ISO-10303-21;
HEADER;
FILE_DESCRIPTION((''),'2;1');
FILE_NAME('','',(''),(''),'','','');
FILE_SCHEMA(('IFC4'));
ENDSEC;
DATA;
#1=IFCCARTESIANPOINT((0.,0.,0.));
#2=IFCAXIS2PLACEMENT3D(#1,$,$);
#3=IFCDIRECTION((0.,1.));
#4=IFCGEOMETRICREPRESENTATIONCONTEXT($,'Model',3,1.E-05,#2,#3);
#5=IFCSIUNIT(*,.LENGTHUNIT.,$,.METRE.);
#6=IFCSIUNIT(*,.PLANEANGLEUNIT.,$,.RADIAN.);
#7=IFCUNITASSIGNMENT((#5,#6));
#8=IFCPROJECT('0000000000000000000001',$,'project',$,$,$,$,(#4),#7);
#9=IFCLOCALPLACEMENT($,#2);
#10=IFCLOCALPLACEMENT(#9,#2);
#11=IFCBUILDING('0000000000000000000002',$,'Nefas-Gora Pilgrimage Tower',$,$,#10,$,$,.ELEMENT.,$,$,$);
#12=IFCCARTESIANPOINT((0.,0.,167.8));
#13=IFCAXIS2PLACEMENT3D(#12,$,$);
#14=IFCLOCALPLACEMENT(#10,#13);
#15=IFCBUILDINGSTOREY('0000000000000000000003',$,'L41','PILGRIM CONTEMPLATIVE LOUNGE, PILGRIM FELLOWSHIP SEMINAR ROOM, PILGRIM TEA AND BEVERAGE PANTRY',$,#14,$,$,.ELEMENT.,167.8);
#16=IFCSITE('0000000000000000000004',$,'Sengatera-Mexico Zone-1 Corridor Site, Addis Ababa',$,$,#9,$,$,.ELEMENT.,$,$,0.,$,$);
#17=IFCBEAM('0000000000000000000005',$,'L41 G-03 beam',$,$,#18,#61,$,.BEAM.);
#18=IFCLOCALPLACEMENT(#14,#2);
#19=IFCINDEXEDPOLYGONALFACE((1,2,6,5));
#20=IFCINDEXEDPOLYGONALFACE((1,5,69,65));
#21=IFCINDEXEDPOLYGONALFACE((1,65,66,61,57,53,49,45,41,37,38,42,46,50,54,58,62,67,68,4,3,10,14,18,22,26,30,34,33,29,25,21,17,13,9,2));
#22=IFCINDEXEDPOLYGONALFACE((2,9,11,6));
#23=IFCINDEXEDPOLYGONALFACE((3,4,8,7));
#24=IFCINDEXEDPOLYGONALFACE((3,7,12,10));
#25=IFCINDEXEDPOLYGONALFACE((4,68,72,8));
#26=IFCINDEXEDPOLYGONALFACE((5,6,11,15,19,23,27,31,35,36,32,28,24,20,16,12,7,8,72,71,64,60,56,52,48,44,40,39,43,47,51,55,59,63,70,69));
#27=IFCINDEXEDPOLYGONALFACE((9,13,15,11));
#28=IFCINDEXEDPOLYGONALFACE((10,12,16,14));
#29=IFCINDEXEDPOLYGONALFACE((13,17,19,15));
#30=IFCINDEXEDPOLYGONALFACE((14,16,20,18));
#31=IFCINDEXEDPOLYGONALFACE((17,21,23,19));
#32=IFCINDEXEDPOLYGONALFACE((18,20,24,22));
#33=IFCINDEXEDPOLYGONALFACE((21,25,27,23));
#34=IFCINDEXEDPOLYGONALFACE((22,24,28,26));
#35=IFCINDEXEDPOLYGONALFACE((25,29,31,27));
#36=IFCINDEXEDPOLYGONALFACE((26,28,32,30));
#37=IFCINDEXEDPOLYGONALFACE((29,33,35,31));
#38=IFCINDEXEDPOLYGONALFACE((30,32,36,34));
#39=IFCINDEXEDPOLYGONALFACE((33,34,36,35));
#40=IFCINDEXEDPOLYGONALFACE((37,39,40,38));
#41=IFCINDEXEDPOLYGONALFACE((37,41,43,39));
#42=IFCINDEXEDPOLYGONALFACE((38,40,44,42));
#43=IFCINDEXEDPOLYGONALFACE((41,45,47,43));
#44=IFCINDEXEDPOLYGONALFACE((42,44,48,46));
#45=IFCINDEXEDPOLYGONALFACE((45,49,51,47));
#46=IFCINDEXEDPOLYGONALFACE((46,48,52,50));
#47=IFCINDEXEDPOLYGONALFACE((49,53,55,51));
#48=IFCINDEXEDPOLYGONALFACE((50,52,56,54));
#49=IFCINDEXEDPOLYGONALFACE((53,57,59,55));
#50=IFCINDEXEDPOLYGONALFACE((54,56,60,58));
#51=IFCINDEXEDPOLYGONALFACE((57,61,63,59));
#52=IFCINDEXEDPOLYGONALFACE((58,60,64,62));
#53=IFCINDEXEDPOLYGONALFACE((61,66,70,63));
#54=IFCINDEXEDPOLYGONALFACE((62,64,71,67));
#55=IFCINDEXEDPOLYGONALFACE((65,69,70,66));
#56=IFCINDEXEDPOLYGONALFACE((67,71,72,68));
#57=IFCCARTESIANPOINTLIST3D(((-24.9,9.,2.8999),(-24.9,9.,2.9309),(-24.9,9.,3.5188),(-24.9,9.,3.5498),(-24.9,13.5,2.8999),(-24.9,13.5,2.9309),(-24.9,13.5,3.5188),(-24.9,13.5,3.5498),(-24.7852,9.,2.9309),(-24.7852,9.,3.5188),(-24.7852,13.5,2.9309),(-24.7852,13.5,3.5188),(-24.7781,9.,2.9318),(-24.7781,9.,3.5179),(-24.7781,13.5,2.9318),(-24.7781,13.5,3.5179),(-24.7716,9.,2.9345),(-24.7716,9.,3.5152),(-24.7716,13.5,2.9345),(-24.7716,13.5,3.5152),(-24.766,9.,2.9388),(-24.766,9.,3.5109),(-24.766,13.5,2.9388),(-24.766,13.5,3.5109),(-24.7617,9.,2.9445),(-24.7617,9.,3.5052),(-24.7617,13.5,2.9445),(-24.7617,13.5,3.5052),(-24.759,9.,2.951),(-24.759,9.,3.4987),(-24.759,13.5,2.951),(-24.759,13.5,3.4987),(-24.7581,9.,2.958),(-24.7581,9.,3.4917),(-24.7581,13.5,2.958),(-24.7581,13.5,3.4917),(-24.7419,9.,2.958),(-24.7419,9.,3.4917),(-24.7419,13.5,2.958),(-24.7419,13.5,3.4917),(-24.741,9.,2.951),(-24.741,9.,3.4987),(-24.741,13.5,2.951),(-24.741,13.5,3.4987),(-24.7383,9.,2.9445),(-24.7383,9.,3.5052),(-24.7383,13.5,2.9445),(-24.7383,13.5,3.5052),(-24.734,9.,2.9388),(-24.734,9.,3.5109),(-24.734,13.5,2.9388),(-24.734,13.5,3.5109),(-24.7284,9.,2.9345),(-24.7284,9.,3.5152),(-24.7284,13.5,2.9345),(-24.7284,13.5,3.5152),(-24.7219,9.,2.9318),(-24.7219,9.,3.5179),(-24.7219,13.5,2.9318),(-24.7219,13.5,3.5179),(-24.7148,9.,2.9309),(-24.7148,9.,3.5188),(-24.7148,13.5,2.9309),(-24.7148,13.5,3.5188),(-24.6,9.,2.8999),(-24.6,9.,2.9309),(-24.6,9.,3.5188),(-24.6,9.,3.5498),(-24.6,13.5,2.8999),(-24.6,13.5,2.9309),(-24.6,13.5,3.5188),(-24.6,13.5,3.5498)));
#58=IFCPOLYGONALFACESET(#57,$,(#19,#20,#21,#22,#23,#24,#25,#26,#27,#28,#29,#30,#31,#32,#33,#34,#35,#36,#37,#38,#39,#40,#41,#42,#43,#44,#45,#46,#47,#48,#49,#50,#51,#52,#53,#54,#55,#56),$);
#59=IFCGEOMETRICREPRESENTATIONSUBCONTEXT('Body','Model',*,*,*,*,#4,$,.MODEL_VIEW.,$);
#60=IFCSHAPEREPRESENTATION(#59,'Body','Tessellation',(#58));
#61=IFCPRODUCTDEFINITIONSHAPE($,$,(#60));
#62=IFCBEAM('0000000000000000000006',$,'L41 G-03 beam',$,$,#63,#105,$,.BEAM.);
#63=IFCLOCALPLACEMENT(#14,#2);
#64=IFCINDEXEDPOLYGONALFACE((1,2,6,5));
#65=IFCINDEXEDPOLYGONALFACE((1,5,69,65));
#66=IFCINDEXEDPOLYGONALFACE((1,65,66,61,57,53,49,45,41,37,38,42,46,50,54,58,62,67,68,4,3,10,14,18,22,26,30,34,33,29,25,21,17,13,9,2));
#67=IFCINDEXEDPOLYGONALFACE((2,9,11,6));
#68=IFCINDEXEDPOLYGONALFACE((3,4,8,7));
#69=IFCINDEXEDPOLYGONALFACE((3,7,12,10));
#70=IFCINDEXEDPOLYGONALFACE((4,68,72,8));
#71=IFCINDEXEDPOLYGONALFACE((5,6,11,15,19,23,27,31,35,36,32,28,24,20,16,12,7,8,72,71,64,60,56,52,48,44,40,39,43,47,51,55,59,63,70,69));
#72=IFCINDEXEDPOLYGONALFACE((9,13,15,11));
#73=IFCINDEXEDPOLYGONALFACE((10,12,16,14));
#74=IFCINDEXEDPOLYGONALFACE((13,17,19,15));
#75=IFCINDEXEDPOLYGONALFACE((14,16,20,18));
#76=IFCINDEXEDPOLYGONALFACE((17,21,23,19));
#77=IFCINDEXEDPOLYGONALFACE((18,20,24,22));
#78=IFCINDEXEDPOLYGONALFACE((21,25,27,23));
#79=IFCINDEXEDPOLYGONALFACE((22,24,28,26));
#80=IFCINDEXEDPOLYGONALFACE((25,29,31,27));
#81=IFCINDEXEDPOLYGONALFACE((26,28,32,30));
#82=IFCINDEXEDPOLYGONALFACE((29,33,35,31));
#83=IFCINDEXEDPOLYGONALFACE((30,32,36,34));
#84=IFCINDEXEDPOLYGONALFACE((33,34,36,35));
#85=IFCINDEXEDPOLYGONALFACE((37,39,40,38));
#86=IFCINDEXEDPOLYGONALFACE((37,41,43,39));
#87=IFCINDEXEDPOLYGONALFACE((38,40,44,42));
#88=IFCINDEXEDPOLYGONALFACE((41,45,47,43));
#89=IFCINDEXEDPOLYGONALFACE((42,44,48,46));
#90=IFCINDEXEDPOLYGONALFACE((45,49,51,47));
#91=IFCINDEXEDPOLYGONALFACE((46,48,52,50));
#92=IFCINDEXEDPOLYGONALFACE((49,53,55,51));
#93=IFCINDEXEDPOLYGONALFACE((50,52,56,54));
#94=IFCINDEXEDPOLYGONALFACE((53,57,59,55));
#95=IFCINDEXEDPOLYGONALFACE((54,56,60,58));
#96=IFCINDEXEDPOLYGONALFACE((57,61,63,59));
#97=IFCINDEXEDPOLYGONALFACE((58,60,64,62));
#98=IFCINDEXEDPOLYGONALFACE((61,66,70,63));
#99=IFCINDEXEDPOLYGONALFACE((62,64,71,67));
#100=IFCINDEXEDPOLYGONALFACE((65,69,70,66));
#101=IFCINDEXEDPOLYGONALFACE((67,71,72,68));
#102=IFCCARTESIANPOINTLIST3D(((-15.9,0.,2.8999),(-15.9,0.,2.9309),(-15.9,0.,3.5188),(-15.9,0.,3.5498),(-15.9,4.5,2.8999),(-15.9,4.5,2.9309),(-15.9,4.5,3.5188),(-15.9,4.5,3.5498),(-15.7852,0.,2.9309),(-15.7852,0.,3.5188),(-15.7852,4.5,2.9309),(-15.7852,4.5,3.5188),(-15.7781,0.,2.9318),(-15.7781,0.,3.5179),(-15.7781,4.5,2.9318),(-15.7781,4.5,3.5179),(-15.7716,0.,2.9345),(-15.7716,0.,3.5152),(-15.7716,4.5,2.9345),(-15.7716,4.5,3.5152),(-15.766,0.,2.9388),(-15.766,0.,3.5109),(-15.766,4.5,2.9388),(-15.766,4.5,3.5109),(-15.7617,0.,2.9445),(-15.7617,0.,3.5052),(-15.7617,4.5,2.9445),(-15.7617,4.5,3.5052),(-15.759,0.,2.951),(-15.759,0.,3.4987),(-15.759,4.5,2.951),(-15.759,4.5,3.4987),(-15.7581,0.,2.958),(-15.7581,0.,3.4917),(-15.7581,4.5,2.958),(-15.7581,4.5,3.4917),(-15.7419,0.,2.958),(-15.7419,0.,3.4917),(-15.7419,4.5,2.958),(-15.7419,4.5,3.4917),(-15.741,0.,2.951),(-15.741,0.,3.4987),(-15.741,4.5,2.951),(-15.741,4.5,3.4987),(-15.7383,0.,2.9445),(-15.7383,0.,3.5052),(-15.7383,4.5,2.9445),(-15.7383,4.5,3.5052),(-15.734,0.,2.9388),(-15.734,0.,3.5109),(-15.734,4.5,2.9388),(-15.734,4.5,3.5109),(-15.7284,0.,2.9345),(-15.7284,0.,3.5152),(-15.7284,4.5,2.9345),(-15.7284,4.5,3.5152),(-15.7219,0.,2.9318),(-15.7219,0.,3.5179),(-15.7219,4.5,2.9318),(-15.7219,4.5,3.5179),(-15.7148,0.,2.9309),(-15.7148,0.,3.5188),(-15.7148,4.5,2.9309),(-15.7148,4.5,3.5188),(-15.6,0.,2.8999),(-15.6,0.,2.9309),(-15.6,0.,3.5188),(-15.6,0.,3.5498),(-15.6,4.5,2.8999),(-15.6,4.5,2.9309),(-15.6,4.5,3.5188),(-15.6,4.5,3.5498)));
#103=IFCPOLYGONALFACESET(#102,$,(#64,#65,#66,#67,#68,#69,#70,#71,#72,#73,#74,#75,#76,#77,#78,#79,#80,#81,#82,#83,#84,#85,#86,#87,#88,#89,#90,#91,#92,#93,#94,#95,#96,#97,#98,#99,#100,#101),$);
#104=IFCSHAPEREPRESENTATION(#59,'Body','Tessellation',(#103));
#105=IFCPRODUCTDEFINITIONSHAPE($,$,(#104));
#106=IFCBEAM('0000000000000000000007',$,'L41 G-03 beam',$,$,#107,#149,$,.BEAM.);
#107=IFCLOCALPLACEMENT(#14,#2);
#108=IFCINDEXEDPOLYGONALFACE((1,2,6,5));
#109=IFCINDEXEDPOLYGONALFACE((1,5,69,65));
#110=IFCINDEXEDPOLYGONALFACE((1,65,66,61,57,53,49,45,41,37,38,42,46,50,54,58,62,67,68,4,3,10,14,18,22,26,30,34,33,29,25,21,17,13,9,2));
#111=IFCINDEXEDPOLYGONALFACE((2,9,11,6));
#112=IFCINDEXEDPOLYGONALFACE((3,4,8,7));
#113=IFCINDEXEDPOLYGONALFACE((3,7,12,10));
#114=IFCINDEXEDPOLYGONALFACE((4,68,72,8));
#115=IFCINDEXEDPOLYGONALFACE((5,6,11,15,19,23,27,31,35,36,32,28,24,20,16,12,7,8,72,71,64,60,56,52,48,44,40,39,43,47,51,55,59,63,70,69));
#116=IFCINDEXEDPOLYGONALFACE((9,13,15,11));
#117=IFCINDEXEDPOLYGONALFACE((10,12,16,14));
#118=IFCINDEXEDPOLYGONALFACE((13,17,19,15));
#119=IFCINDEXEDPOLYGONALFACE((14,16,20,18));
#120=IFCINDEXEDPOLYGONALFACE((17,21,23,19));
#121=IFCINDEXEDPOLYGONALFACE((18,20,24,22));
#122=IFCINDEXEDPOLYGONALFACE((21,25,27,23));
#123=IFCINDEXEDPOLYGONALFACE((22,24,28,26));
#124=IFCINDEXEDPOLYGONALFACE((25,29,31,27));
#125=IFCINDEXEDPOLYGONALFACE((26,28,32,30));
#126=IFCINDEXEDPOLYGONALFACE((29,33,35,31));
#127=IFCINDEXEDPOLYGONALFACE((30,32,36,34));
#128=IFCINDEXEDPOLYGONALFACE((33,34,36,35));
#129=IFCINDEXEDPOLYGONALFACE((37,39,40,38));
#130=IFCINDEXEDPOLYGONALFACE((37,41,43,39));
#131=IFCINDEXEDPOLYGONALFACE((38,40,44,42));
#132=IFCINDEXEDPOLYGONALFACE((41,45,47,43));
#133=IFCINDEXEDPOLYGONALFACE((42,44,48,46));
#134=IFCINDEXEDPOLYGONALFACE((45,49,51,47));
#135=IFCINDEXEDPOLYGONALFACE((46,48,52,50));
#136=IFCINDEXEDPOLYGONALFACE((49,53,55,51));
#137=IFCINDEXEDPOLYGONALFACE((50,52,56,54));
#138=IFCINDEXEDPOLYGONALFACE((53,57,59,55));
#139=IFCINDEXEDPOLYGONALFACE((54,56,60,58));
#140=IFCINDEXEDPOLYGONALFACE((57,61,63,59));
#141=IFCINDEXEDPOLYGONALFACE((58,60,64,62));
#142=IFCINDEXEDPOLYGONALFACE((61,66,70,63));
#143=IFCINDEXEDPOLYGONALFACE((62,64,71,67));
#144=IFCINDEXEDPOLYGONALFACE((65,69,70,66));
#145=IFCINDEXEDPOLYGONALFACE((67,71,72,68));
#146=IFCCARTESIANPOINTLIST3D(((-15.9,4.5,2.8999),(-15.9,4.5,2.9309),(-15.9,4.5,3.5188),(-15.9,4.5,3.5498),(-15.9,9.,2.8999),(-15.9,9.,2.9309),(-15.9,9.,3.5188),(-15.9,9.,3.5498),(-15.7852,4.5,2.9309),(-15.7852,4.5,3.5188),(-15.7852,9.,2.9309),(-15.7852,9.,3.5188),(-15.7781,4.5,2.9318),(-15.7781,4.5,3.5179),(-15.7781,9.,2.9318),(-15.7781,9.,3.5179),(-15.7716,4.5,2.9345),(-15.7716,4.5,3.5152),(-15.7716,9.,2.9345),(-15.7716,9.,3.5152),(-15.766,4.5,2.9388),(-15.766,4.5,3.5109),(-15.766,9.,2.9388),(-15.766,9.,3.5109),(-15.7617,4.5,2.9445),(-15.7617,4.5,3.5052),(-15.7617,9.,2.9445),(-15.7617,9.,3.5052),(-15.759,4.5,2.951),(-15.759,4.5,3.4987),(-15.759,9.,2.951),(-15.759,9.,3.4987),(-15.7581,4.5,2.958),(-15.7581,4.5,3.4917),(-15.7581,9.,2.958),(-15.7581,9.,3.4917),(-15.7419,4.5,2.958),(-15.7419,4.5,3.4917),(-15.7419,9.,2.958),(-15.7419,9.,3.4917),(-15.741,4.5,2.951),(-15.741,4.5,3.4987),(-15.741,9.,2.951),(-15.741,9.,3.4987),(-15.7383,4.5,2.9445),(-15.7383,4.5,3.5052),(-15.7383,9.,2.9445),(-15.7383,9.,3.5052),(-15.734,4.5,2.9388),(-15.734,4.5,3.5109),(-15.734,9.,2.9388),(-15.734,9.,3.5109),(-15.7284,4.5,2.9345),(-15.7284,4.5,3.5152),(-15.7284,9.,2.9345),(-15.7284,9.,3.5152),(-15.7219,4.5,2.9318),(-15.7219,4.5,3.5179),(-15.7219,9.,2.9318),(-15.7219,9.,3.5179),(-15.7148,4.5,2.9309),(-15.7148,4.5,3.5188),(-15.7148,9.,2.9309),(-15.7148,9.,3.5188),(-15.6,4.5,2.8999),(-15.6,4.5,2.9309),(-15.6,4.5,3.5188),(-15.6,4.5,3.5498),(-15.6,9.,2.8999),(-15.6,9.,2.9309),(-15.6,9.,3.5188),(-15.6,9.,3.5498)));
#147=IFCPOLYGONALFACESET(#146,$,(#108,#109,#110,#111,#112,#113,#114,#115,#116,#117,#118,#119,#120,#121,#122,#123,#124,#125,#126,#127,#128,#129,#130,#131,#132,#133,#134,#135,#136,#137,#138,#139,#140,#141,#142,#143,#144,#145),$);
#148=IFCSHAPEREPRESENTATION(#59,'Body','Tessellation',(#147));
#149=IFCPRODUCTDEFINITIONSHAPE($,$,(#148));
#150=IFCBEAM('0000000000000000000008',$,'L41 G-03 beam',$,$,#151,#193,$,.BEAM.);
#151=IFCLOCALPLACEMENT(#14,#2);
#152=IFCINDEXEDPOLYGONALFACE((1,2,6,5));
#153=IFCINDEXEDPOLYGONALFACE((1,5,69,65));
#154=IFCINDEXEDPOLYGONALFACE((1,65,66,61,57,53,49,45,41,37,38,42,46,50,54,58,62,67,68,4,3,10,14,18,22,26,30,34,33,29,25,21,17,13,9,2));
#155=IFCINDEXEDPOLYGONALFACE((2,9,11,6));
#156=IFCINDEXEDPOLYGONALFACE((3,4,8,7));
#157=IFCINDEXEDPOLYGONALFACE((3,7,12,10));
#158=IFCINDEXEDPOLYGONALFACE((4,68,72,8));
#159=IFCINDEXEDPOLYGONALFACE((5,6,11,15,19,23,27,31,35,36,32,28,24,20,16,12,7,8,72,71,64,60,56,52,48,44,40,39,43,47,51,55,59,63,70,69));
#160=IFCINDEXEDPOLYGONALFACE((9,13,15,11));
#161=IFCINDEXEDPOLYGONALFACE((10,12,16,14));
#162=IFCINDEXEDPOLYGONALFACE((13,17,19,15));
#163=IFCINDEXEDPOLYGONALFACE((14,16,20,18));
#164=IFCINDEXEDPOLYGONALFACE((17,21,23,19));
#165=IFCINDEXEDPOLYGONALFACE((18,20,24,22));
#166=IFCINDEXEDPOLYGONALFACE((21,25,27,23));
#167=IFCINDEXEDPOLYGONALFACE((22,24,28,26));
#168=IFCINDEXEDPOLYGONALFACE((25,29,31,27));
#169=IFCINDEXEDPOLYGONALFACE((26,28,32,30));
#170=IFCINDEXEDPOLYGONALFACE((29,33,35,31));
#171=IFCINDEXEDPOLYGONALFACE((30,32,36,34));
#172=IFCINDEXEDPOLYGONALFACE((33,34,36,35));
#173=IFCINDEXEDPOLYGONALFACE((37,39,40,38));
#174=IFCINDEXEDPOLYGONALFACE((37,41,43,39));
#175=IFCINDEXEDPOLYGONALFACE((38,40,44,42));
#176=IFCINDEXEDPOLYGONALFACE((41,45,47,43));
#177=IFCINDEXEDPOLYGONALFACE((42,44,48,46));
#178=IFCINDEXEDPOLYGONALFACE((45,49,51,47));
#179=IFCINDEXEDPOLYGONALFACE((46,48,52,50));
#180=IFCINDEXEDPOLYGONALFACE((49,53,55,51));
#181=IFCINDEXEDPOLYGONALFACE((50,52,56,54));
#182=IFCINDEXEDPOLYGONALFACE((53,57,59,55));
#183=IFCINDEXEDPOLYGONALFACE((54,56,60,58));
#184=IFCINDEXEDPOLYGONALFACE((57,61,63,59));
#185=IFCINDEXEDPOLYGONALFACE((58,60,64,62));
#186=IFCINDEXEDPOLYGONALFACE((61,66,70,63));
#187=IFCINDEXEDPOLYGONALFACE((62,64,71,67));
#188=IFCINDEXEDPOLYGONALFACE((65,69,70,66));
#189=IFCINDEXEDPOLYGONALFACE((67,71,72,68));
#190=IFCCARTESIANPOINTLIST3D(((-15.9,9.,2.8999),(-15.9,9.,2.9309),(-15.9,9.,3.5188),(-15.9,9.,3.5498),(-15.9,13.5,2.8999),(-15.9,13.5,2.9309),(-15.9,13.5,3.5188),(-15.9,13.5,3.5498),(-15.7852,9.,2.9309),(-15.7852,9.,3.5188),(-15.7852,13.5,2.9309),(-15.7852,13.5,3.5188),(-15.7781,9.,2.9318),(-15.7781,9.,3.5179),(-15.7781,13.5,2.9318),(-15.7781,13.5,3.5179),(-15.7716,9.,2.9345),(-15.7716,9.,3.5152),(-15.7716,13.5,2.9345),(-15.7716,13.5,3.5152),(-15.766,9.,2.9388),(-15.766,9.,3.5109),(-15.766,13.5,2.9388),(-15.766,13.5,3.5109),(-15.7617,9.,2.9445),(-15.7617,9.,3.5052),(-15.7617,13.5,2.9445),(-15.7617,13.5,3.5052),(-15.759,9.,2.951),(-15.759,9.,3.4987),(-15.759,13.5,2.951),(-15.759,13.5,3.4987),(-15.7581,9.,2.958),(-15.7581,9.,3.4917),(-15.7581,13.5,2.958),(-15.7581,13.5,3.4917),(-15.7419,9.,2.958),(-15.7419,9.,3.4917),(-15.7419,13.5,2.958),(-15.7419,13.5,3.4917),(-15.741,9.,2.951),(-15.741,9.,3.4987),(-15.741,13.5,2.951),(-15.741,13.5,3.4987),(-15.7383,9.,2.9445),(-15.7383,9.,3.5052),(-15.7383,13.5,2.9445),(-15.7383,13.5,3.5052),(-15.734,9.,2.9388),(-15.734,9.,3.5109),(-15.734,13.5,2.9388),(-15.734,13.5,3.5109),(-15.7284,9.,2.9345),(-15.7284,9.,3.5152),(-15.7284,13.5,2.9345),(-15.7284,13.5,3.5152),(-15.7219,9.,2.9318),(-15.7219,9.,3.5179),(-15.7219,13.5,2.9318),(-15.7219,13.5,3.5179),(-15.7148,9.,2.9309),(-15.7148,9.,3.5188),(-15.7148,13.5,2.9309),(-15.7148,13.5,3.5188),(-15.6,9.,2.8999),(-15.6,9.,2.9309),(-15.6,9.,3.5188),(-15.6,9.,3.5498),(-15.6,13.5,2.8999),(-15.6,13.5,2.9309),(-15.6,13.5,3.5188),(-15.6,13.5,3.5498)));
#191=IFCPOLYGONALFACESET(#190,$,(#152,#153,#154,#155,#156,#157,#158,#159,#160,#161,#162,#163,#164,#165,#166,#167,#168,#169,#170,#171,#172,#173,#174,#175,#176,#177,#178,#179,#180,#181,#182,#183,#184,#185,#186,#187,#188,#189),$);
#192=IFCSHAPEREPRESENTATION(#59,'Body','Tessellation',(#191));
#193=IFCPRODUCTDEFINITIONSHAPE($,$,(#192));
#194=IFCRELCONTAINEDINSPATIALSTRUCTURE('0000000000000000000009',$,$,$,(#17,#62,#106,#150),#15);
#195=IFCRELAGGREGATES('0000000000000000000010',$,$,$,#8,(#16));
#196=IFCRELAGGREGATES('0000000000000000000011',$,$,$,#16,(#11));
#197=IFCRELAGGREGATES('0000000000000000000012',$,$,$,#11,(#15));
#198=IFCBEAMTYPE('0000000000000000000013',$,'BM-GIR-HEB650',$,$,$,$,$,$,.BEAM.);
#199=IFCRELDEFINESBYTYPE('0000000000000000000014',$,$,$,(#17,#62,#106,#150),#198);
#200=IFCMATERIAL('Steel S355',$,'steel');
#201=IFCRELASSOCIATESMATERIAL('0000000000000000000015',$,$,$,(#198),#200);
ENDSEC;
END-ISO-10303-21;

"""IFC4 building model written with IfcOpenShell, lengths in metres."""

from ifc_helpers import new_model, si_unit, direction, frame, origin, origin_2d, place, context, subcontext, project, spatial, i_section, extrude, source, transform, mapped, material, material_profile, profile_set, type_object, element, save


model = new_model("IFC4")

# Units and contexts
model_context = context("Model", 3, precision=1e-05, world=origin(), true_north=direction((0.0, 1.0)))
body_context = subcontext(model_context, "Body", "Model", "MODEL_VIEW")
ifc_project = project(units=[si_unit("LENGTHUNIT", "METRE"), si_unit("PLANEANGLEUNIT", "RADIAN")], contexts=[model_context])

# Site, building, storey
site_placement = place(None, origin())
site = spatial("IfcSite", under=ifc_project, at=site_placement, Name="Sengatera-Mexico Zone-1 Corridor Site, Addis Ababa", CompositionType="ELEMENT", RefElevation=0.0)
building_placement = place(site_placement, origin())
building = spatial("IfcBuilding", under=site, at=building_placement, Name="Nefas-Gora Pilgrimage Tower", CompositionType="ELEMENT")
storey_placement = place(building_placement, frame((0.0, 0.0, 167.8)))
storey = spatial("IfcBuildingStorey", under=building, at=storey_placement, Name="L41", Description="PILGRIM CONTEMPLATIVE LOUNGE, PILGRIM FELLOWSHIP SEMINAR ROOM, PILGRIM TEA AND BEVERAGE PANTRY", CompositionType="ELEMENT", Elevation=167.8)

# Beams
ifc_material_1 = material(Name="Steel S355", Category="steel")
ifc_material_profile_1 = material_profile(ifc_material_1, i_section(OverallWidth=0.3, OverallDepth=0.6499, WebThickness=0.0161, FlangeThickness=0.031, FilletRadius=0.0271, at=origin_2d()), Name="HEB 650")
ifc_profile_set_1 = profile_set([ifc_material_profile_1], Name="Steel S355")
beam_type_1 = type_object("IfcBeamType", Name="BM-GIR-HEB650", PredefinedType="BEAM", material=ifc_profile_set_1)
shared_shape_1 = source(origin(), body_context, "Body", "SweptSolid", [
    extrude(i_section(OverallWidth=0.3, OverallDepth=0.6499, WebThickness=0.0161, FlangeThickness=0.031, FilletRadius=0.0271, at=origin_2d()), origin(), (0.0, 0.0, 1.0), 4.5),
])
for number, where, z_axis, x_axis, name in (
    (1, (-24.75, 9.0, 3.2249), (0.0, 1.0, 0.0), (-1.0, 0.0, 0.0), "L41 G-03 beam"),
    (2, (-15.75, 0.0, 3.2249), (0.0, 1.0, 0.0), (-1.0, 0.0, 0.0), "L41 G-03 beam"),
    (3, (-15.75, 4.5, 3.2249), (0.0, 1.0, 0.0), (-1.0, 0.0, 0.0), "L41 G-03 beam"),
    (4, (-15.75, 9.0, 3.2249), (0.0, 1.0, 0.0), (-1.0, 0.0, 0.0), "L41 G-03 beam"),
):
    element("IfcBeam", number, at=place(storey_placement, frame(where, z_axis=z_axis, x_axis=x_axis)), inside=storey, type_object=beam_type_1, Name=name, PredefinedType="BEAM", context=body_context, shape_type="MappedRepresentation", body=[
        mapped(shared_shape_1, transform((0.0, 0.0, 0.0), x_axis=(1.0, 0.0, 0.0), y_axis=(0.0, 1.0, 0.0), z_axis=(0.0, 0.0, 1.0), scale=1.0)),
    ])

save(model, "model.ifc")
